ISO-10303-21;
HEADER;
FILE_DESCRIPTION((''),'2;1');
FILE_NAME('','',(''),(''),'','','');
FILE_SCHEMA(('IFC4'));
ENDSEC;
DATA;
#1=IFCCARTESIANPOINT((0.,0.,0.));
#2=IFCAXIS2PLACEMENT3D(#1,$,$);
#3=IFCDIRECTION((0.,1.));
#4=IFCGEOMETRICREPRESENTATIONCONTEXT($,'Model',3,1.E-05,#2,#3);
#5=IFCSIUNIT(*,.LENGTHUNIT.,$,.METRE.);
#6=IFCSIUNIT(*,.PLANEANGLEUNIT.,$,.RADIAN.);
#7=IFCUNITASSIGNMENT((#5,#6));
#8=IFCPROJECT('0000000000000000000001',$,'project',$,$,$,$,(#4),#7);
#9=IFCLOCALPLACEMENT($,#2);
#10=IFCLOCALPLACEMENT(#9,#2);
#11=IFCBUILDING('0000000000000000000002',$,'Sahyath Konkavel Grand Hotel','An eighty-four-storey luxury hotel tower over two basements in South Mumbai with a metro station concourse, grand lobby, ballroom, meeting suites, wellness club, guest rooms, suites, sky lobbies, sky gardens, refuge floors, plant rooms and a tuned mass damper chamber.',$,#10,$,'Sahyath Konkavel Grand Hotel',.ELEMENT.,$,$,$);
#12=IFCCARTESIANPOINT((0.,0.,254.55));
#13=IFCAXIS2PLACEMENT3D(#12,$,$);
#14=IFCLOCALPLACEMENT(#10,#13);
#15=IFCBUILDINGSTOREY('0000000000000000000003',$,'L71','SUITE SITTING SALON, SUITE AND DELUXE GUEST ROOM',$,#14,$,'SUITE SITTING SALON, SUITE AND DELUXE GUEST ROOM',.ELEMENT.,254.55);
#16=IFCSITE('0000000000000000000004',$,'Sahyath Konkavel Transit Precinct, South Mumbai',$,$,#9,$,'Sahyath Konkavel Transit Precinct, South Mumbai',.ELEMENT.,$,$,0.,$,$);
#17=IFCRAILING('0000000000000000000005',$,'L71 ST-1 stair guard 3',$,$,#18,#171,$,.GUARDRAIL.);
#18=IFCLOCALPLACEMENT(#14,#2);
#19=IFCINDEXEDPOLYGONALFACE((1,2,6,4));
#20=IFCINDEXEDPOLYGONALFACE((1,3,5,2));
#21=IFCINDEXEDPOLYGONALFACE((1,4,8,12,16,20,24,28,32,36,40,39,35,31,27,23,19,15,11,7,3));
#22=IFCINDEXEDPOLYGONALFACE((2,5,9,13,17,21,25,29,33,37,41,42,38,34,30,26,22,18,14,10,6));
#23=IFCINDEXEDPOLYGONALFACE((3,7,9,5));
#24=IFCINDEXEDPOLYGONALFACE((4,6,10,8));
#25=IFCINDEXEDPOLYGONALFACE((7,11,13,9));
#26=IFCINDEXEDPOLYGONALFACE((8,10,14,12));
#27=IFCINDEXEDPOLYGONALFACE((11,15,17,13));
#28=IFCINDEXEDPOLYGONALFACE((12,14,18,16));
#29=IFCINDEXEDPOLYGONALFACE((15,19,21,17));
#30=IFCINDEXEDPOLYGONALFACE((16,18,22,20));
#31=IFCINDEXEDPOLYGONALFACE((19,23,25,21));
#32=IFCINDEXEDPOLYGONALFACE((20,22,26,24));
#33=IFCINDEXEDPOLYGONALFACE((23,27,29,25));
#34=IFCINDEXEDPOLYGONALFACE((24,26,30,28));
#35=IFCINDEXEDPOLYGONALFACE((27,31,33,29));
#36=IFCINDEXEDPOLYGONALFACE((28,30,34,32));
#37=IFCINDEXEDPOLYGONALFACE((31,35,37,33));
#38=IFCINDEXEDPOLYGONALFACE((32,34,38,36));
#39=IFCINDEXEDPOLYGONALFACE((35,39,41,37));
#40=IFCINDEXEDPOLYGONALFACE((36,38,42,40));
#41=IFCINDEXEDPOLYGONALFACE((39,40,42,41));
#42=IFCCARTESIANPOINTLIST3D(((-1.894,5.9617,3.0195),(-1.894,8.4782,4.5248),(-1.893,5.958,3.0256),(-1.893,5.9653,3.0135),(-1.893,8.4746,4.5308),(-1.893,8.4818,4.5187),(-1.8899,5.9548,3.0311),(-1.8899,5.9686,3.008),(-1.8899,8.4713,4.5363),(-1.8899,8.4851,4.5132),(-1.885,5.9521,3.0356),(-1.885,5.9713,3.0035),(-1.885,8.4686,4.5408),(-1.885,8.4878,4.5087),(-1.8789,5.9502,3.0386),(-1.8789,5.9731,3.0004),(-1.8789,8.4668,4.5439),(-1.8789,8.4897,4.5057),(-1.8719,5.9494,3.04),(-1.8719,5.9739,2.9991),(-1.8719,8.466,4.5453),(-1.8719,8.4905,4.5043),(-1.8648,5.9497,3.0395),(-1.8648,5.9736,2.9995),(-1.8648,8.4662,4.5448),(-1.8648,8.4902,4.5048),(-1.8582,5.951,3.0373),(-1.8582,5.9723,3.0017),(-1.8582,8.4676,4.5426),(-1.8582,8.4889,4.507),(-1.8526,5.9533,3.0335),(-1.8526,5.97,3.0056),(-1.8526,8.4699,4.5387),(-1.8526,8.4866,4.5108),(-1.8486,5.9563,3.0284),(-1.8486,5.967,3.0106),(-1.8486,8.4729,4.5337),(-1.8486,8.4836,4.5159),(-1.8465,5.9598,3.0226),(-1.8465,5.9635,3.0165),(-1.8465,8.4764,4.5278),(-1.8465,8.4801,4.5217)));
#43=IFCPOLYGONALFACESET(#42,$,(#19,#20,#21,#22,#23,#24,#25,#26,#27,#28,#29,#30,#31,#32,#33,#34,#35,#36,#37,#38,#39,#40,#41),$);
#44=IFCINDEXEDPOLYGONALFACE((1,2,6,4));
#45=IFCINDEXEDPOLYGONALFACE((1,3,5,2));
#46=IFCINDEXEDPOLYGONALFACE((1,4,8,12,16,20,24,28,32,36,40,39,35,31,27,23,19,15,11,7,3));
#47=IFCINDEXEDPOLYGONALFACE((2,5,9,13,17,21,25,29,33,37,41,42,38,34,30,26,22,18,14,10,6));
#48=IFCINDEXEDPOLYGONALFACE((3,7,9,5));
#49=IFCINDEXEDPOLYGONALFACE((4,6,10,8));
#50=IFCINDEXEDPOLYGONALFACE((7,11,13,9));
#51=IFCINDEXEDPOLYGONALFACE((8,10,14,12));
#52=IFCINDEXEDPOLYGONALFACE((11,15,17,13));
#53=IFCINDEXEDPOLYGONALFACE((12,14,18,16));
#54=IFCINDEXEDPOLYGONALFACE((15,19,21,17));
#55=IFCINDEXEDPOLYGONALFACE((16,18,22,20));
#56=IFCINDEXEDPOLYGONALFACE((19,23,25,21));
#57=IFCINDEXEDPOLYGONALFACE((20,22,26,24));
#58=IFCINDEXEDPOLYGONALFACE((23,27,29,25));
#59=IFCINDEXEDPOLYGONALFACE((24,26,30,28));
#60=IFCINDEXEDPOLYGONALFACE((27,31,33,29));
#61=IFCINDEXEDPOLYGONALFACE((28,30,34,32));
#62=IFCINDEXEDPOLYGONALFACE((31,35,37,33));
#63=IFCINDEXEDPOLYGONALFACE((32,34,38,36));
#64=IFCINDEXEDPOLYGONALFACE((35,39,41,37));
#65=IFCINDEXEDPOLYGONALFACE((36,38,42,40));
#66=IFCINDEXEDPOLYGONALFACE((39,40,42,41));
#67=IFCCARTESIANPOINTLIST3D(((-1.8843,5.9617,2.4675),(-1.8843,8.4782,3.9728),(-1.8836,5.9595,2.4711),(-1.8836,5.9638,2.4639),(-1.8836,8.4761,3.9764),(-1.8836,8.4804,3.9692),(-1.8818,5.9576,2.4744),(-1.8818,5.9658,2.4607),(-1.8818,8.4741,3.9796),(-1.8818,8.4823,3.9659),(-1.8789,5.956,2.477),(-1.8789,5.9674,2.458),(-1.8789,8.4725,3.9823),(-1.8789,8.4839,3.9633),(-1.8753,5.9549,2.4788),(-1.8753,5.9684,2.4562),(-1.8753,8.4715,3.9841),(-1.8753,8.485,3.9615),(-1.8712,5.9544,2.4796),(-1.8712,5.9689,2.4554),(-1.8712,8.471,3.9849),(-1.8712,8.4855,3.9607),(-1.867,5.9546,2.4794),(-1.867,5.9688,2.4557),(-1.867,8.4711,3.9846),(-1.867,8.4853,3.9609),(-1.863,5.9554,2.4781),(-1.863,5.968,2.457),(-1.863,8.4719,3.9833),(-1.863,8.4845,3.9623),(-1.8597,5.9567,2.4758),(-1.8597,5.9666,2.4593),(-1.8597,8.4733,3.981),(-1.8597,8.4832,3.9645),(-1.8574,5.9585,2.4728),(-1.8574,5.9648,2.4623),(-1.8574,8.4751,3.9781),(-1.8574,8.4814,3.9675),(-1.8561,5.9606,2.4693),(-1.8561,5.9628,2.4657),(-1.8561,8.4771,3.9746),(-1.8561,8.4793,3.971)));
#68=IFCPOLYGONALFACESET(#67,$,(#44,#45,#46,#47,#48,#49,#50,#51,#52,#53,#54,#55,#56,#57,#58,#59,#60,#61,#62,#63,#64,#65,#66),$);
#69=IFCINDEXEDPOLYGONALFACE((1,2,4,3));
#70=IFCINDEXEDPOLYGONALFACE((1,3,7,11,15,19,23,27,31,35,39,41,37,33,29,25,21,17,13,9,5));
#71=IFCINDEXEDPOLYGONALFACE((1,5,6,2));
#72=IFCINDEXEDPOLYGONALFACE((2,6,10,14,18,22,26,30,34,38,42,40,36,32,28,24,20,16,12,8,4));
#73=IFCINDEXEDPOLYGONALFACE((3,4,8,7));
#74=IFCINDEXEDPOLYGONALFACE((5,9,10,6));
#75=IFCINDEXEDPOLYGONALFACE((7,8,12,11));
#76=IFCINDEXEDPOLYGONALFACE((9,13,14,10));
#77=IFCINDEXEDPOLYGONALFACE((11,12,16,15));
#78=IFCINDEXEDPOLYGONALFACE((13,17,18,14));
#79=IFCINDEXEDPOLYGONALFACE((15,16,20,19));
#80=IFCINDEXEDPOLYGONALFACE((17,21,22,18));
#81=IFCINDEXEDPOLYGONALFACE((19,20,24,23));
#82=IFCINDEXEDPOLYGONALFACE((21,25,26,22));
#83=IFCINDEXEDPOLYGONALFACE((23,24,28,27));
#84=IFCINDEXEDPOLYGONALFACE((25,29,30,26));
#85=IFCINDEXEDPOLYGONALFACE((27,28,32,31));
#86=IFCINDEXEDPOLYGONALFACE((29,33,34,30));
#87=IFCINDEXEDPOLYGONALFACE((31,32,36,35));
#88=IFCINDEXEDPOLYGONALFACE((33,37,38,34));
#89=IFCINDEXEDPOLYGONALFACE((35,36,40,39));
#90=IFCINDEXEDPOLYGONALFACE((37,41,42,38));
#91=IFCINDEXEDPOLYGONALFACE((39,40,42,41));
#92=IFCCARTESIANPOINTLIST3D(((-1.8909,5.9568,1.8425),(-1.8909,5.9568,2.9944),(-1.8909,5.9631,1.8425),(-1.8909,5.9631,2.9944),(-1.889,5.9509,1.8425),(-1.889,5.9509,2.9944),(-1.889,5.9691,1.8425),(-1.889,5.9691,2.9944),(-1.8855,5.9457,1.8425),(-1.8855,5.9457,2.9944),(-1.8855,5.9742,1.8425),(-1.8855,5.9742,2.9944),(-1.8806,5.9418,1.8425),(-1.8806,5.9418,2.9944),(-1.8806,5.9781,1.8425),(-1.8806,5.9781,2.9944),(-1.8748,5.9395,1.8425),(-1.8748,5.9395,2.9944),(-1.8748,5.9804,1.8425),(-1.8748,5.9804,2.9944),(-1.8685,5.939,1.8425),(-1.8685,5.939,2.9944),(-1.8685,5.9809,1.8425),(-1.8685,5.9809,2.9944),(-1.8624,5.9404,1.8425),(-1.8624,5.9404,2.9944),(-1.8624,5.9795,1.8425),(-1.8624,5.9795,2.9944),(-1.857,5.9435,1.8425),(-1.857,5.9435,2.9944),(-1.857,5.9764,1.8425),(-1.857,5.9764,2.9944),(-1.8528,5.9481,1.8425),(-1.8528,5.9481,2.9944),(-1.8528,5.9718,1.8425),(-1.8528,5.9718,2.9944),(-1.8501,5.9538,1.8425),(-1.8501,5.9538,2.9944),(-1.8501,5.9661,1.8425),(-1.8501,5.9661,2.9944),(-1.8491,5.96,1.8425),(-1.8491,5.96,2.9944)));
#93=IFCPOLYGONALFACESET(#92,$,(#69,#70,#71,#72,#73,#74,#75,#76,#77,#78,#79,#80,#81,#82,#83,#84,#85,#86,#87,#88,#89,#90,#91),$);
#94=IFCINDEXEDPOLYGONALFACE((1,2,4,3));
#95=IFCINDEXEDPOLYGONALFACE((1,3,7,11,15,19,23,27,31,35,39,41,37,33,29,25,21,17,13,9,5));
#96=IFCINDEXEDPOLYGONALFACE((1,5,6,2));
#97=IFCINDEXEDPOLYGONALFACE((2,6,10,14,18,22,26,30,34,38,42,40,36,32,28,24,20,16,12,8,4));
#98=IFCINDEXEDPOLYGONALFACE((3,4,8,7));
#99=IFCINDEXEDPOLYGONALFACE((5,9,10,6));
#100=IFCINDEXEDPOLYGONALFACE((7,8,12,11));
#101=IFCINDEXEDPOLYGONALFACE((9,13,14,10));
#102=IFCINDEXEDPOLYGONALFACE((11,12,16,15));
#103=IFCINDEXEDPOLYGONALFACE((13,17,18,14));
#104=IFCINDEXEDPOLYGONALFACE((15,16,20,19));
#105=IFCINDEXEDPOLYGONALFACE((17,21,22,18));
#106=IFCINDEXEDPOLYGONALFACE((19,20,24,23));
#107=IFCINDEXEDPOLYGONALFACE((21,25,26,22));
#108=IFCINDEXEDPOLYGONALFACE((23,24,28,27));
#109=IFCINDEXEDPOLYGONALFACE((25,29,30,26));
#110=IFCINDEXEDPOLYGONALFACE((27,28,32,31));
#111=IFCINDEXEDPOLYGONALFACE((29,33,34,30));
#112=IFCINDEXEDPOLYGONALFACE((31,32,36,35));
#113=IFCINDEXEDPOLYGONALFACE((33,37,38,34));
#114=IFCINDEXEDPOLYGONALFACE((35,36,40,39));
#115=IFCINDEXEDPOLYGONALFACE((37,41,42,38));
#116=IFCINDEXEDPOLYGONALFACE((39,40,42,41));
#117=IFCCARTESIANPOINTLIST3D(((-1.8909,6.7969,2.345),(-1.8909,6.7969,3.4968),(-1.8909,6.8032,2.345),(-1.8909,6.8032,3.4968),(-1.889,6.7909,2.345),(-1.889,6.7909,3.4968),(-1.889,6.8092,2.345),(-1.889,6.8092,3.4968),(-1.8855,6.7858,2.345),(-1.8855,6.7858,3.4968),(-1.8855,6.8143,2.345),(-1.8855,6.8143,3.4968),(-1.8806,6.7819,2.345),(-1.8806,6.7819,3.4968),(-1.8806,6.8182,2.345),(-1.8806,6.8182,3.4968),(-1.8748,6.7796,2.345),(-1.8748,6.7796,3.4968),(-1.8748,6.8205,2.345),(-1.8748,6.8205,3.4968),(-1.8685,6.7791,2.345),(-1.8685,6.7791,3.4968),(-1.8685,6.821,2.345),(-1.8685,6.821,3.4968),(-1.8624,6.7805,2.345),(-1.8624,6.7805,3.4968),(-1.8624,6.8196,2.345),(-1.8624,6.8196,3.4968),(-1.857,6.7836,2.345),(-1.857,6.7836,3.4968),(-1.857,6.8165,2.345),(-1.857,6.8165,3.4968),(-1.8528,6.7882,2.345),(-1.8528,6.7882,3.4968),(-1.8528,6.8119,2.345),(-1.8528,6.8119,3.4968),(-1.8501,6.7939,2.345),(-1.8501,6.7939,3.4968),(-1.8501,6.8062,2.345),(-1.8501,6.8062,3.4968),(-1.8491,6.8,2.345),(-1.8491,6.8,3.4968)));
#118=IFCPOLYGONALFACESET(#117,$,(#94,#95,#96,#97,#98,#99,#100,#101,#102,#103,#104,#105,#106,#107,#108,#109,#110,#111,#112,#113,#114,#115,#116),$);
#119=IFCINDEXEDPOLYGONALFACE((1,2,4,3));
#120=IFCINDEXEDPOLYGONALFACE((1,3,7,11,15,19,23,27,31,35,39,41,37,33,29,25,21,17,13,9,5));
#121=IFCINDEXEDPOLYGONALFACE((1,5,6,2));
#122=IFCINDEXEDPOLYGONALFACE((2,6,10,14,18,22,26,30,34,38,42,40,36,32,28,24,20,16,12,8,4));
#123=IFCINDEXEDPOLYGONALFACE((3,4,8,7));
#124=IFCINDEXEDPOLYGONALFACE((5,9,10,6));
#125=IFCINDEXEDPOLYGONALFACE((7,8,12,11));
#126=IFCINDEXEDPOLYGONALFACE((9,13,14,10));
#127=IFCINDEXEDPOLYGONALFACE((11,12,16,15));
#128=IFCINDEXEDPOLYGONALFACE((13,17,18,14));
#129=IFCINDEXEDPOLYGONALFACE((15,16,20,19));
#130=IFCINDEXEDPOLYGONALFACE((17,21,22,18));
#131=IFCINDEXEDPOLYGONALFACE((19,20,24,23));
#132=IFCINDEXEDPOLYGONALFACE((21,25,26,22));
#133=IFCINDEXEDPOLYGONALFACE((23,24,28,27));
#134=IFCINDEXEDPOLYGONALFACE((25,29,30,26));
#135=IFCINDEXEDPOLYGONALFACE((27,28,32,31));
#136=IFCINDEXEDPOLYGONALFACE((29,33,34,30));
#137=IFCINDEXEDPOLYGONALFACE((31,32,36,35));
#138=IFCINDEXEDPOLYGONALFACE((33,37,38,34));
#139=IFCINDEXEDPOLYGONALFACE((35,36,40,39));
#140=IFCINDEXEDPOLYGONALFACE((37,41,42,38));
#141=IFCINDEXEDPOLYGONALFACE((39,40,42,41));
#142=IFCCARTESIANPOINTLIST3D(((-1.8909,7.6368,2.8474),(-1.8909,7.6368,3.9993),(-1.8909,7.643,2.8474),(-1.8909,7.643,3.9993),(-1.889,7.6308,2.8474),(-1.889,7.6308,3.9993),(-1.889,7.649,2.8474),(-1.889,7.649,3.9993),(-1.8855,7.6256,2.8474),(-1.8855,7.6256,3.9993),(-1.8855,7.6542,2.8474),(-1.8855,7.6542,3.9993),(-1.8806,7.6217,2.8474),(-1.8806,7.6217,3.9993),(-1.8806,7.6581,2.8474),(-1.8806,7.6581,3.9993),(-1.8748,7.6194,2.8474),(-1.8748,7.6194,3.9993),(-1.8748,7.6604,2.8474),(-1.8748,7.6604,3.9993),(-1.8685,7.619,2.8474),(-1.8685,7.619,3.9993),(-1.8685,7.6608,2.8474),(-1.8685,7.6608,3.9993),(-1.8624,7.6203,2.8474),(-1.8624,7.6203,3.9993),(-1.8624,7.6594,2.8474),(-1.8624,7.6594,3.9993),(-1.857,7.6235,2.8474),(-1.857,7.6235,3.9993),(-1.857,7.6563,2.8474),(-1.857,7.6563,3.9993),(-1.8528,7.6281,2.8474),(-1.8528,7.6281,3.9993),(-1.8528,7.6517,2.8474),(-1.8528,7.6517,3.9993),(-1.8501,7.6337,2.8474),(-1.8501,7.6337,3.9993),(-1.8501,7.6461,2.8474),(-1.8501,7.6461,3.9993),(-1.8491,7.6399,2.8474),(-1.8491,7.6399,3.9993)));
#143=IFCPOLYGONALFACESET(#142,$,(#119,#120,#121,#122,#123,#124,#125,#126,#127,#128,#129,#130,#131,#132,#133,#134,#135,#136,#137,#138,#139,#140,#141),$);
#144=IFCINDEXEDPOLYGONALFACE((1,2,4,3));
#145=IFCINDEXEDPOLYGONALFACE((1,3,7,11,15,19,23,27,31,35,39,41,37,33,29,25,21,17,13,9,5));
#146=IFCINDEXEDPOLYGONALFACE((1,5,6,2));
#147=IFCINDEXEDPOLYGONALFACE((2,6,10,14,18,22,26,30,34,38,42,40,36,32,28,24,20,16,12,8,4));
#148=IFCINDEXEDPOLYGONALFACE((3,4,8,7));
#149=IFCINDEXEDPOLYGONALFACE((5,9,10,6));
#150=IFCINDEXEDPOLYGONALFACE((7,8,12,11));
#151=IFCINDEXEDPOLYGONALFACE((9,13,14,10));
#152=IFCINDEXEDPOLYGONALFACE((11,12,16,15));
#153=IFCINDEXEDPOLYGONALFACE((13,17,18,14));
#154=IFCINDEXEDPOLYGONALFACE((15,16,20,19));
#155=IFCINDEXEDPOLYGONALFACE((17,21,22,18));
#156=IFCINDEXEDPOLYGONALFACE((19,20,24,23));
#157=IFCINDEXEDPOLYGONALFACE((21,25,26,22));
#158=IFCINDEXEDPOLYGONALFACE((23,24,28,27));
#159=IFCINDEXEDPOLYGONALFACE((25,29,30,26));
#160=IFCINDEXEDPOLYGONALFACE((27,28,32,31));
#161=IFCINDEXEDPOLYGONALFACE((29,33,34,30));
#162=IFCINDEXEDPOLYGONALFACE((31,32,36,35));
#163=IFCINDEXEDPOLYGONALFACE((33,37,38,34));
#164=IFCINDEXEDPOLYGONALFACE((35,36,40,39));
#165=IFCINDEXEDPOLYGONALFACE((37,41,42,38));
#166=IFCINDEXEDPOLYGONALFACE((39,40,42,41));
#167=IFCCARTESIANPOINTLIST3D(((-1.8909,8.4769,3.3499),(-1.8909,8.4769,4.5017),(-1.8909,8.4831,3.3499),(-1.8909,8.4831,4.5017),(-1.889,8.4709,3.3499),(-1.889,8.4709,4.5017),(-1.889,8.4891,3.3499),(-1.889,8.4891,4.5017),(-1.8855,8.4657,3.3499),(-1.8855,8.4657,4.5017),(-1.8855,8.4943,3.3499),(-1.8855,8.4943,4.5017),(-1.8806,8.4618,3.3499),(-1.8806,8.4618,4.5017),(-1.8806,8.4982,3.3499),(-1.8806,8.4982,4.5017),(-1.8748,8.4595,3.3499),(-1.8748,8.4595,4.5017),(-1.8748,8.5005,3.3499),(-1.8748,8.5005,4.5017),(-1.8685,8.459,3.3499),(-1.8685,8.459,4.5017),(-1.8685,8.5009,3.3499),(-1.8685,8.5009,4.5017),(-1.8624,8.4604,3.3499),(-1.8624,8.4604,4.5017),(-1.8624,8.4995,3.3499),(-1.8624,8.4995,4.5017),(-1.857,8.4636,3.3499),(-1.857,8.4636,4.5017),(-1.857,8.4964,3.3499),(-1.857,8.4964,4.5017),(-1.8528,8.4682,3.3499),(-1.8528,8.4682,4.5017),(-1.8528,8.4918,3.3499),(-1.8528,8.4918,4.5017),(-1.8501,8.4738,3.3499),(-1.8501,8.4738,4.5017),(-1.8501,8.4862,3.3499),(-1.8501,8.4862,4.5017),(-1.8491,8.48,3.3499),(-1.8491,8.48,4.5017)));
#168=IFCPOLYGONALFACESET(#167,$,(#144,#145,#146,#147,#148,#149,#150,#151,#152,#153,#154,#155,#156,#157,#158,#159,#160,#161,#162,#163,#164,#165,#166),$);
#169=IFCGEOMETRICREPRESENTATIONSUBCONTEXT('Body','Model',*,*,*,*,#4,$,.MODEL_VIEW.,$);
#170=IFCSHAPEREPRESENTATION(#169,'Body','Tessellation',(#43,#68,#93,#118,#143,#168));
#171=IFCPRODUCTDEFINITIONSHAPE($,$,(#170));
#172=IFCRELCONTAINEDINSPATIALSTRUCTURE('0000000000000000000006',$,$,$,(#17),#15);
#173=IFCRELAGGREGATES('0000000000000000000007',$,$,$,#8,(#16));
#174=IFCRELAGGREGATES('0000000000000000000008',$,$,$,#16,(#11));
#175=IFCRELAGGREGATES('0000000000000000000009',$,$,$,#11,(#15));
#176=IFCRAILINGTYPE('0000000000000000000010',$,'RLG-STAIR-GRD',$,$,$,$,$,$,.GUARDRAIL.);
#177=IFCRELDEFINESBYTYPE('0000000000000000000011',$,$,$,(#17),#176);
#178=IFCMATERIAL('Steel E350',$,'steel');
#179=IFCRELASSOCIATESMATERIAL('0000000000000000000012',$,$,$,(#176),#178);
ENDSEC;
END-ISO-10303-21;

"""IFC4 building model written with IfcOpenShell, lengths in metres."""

from ifc_helpers import new_model, si_unit, direction, frame, origin, origin_2d, place, context, subcontext, project, spatial, circle, extrude, material, type_object, element, save


model = new_model("IFC4")

# Units and contexts
model_context = context("Model", 3, precision=1e-05, world=origin(), true_north=direction((0.0, 1.0)))
body_context = subcontext(model_context, "Body", "Model", "MODEL_VIEW")
ifc_project = project(units=[si_unit("LENGTHUNIT", "METRE"), si_unit("PLANEANGLEUNIT", "RADIAN")], contexts=[model_context])

# Site, building, storey
site_placement = place(None, origin())
site = spatial("IfcSite", under=ifc_project, at=site_placement, Name="Sahyath Konkavel Transit Precinct, South Mumbai", LongName="Sahyath Konkavel Transit Precinct, South Mumbai", CompositionType="ELEMENT", RefElevation=0.0)
building_placement = place(site_placement, origin())
building = spatial("IfcBuilding", under=site, at=building_placement, Name="Sahyath Konkavel Grand Hotel", Description="An eighty-four-storey luxury hotel tower over two basements in South Mumbai with a metro station concourse, grand lobby, ballroom, meeting suites, wellness club, guest rooms, suites, sky lobbies, sky gardens, refuge floors, plant rooms and a tuned mass damper chamber.", LongName="Sahyath Konkavel Grand Hotel", CompositionType="ELEMENT")
storey_placement = place(building_placement, frame((0.0, 0.0, 254.55)))
storey = spatial("IfcBuildingStorey", under=building, at=storey_placement, Name="L71", Description="SUITE SITTING SALON, SUITE AND DELUXE GUEST ROOM", LongName="SUITE SITTING SALON, SUITE AND DELUXE GUEST ROOM", CompositionType="ELEMENT", Elevation=254.55)

# Shared definitions
ifc_material_1 = material(Name="Steel E350", Category="steel")

# Railing
railing_type_1 = type_object("IfcRailingType", Name="RLG-STAIR-GRD", PredefinedType="GUARDRAIL", material=ifc_material_1)
railing_1_placement = place(storey_placement, frame((-1.8701, 5.96, 1.8425)))
element("IfcRailing", 1, at=railing_1_placement, inside=storey, type_object=railing_type_1, Name="L71 ST-1 stair guard 3", PredefinedType="GUARDRAIL", context=body_context, shape_type="SweptSolid", body=[
    extrude(circle(Radius=0.0239, at=origin_2d()), frame((0.0, 0.0017, 1.177), z_axis=(0.0, 0.858196, 0.513321), x_axis=(-1.0, 0.0, 0.0)), (0.0, 0.0, 1.0), 2.9324),
    extrude(circle(Radius=0.0142, at=origin_2d()), frame((0.0, 0.0017, 0.625), z_axis=(0.0, 0.858196, 0.513321), x_axis=(-1.0, 0.0, 0.0)), (0.0, 0.0, 1.0), 2.9324),
    extrude(circle(Radius=0.021, at=origin_2d()), origin(), (0.0, 0.0, 1.0), 1.1519),
    extrude(circle(Radius=0.021, at=origin_2d()), frame((0.0, 0.8401, 0.5024)), (0.0, 0.0, 1.0), 1.1519),
    extrude(circle(Radius=0.021, at=origin_2d()), frame((0.0, 1.6799, 1.0049)), (0.0, 0.0, 1.0), 1.1519),
    extrude(circle(Radius=0.021, at=origin_2d()), frame((0.0, 2.52, 1.5073)), (0.0, 0.0, 1.0), 1.1519),
])

save(model, "model.ifc")
